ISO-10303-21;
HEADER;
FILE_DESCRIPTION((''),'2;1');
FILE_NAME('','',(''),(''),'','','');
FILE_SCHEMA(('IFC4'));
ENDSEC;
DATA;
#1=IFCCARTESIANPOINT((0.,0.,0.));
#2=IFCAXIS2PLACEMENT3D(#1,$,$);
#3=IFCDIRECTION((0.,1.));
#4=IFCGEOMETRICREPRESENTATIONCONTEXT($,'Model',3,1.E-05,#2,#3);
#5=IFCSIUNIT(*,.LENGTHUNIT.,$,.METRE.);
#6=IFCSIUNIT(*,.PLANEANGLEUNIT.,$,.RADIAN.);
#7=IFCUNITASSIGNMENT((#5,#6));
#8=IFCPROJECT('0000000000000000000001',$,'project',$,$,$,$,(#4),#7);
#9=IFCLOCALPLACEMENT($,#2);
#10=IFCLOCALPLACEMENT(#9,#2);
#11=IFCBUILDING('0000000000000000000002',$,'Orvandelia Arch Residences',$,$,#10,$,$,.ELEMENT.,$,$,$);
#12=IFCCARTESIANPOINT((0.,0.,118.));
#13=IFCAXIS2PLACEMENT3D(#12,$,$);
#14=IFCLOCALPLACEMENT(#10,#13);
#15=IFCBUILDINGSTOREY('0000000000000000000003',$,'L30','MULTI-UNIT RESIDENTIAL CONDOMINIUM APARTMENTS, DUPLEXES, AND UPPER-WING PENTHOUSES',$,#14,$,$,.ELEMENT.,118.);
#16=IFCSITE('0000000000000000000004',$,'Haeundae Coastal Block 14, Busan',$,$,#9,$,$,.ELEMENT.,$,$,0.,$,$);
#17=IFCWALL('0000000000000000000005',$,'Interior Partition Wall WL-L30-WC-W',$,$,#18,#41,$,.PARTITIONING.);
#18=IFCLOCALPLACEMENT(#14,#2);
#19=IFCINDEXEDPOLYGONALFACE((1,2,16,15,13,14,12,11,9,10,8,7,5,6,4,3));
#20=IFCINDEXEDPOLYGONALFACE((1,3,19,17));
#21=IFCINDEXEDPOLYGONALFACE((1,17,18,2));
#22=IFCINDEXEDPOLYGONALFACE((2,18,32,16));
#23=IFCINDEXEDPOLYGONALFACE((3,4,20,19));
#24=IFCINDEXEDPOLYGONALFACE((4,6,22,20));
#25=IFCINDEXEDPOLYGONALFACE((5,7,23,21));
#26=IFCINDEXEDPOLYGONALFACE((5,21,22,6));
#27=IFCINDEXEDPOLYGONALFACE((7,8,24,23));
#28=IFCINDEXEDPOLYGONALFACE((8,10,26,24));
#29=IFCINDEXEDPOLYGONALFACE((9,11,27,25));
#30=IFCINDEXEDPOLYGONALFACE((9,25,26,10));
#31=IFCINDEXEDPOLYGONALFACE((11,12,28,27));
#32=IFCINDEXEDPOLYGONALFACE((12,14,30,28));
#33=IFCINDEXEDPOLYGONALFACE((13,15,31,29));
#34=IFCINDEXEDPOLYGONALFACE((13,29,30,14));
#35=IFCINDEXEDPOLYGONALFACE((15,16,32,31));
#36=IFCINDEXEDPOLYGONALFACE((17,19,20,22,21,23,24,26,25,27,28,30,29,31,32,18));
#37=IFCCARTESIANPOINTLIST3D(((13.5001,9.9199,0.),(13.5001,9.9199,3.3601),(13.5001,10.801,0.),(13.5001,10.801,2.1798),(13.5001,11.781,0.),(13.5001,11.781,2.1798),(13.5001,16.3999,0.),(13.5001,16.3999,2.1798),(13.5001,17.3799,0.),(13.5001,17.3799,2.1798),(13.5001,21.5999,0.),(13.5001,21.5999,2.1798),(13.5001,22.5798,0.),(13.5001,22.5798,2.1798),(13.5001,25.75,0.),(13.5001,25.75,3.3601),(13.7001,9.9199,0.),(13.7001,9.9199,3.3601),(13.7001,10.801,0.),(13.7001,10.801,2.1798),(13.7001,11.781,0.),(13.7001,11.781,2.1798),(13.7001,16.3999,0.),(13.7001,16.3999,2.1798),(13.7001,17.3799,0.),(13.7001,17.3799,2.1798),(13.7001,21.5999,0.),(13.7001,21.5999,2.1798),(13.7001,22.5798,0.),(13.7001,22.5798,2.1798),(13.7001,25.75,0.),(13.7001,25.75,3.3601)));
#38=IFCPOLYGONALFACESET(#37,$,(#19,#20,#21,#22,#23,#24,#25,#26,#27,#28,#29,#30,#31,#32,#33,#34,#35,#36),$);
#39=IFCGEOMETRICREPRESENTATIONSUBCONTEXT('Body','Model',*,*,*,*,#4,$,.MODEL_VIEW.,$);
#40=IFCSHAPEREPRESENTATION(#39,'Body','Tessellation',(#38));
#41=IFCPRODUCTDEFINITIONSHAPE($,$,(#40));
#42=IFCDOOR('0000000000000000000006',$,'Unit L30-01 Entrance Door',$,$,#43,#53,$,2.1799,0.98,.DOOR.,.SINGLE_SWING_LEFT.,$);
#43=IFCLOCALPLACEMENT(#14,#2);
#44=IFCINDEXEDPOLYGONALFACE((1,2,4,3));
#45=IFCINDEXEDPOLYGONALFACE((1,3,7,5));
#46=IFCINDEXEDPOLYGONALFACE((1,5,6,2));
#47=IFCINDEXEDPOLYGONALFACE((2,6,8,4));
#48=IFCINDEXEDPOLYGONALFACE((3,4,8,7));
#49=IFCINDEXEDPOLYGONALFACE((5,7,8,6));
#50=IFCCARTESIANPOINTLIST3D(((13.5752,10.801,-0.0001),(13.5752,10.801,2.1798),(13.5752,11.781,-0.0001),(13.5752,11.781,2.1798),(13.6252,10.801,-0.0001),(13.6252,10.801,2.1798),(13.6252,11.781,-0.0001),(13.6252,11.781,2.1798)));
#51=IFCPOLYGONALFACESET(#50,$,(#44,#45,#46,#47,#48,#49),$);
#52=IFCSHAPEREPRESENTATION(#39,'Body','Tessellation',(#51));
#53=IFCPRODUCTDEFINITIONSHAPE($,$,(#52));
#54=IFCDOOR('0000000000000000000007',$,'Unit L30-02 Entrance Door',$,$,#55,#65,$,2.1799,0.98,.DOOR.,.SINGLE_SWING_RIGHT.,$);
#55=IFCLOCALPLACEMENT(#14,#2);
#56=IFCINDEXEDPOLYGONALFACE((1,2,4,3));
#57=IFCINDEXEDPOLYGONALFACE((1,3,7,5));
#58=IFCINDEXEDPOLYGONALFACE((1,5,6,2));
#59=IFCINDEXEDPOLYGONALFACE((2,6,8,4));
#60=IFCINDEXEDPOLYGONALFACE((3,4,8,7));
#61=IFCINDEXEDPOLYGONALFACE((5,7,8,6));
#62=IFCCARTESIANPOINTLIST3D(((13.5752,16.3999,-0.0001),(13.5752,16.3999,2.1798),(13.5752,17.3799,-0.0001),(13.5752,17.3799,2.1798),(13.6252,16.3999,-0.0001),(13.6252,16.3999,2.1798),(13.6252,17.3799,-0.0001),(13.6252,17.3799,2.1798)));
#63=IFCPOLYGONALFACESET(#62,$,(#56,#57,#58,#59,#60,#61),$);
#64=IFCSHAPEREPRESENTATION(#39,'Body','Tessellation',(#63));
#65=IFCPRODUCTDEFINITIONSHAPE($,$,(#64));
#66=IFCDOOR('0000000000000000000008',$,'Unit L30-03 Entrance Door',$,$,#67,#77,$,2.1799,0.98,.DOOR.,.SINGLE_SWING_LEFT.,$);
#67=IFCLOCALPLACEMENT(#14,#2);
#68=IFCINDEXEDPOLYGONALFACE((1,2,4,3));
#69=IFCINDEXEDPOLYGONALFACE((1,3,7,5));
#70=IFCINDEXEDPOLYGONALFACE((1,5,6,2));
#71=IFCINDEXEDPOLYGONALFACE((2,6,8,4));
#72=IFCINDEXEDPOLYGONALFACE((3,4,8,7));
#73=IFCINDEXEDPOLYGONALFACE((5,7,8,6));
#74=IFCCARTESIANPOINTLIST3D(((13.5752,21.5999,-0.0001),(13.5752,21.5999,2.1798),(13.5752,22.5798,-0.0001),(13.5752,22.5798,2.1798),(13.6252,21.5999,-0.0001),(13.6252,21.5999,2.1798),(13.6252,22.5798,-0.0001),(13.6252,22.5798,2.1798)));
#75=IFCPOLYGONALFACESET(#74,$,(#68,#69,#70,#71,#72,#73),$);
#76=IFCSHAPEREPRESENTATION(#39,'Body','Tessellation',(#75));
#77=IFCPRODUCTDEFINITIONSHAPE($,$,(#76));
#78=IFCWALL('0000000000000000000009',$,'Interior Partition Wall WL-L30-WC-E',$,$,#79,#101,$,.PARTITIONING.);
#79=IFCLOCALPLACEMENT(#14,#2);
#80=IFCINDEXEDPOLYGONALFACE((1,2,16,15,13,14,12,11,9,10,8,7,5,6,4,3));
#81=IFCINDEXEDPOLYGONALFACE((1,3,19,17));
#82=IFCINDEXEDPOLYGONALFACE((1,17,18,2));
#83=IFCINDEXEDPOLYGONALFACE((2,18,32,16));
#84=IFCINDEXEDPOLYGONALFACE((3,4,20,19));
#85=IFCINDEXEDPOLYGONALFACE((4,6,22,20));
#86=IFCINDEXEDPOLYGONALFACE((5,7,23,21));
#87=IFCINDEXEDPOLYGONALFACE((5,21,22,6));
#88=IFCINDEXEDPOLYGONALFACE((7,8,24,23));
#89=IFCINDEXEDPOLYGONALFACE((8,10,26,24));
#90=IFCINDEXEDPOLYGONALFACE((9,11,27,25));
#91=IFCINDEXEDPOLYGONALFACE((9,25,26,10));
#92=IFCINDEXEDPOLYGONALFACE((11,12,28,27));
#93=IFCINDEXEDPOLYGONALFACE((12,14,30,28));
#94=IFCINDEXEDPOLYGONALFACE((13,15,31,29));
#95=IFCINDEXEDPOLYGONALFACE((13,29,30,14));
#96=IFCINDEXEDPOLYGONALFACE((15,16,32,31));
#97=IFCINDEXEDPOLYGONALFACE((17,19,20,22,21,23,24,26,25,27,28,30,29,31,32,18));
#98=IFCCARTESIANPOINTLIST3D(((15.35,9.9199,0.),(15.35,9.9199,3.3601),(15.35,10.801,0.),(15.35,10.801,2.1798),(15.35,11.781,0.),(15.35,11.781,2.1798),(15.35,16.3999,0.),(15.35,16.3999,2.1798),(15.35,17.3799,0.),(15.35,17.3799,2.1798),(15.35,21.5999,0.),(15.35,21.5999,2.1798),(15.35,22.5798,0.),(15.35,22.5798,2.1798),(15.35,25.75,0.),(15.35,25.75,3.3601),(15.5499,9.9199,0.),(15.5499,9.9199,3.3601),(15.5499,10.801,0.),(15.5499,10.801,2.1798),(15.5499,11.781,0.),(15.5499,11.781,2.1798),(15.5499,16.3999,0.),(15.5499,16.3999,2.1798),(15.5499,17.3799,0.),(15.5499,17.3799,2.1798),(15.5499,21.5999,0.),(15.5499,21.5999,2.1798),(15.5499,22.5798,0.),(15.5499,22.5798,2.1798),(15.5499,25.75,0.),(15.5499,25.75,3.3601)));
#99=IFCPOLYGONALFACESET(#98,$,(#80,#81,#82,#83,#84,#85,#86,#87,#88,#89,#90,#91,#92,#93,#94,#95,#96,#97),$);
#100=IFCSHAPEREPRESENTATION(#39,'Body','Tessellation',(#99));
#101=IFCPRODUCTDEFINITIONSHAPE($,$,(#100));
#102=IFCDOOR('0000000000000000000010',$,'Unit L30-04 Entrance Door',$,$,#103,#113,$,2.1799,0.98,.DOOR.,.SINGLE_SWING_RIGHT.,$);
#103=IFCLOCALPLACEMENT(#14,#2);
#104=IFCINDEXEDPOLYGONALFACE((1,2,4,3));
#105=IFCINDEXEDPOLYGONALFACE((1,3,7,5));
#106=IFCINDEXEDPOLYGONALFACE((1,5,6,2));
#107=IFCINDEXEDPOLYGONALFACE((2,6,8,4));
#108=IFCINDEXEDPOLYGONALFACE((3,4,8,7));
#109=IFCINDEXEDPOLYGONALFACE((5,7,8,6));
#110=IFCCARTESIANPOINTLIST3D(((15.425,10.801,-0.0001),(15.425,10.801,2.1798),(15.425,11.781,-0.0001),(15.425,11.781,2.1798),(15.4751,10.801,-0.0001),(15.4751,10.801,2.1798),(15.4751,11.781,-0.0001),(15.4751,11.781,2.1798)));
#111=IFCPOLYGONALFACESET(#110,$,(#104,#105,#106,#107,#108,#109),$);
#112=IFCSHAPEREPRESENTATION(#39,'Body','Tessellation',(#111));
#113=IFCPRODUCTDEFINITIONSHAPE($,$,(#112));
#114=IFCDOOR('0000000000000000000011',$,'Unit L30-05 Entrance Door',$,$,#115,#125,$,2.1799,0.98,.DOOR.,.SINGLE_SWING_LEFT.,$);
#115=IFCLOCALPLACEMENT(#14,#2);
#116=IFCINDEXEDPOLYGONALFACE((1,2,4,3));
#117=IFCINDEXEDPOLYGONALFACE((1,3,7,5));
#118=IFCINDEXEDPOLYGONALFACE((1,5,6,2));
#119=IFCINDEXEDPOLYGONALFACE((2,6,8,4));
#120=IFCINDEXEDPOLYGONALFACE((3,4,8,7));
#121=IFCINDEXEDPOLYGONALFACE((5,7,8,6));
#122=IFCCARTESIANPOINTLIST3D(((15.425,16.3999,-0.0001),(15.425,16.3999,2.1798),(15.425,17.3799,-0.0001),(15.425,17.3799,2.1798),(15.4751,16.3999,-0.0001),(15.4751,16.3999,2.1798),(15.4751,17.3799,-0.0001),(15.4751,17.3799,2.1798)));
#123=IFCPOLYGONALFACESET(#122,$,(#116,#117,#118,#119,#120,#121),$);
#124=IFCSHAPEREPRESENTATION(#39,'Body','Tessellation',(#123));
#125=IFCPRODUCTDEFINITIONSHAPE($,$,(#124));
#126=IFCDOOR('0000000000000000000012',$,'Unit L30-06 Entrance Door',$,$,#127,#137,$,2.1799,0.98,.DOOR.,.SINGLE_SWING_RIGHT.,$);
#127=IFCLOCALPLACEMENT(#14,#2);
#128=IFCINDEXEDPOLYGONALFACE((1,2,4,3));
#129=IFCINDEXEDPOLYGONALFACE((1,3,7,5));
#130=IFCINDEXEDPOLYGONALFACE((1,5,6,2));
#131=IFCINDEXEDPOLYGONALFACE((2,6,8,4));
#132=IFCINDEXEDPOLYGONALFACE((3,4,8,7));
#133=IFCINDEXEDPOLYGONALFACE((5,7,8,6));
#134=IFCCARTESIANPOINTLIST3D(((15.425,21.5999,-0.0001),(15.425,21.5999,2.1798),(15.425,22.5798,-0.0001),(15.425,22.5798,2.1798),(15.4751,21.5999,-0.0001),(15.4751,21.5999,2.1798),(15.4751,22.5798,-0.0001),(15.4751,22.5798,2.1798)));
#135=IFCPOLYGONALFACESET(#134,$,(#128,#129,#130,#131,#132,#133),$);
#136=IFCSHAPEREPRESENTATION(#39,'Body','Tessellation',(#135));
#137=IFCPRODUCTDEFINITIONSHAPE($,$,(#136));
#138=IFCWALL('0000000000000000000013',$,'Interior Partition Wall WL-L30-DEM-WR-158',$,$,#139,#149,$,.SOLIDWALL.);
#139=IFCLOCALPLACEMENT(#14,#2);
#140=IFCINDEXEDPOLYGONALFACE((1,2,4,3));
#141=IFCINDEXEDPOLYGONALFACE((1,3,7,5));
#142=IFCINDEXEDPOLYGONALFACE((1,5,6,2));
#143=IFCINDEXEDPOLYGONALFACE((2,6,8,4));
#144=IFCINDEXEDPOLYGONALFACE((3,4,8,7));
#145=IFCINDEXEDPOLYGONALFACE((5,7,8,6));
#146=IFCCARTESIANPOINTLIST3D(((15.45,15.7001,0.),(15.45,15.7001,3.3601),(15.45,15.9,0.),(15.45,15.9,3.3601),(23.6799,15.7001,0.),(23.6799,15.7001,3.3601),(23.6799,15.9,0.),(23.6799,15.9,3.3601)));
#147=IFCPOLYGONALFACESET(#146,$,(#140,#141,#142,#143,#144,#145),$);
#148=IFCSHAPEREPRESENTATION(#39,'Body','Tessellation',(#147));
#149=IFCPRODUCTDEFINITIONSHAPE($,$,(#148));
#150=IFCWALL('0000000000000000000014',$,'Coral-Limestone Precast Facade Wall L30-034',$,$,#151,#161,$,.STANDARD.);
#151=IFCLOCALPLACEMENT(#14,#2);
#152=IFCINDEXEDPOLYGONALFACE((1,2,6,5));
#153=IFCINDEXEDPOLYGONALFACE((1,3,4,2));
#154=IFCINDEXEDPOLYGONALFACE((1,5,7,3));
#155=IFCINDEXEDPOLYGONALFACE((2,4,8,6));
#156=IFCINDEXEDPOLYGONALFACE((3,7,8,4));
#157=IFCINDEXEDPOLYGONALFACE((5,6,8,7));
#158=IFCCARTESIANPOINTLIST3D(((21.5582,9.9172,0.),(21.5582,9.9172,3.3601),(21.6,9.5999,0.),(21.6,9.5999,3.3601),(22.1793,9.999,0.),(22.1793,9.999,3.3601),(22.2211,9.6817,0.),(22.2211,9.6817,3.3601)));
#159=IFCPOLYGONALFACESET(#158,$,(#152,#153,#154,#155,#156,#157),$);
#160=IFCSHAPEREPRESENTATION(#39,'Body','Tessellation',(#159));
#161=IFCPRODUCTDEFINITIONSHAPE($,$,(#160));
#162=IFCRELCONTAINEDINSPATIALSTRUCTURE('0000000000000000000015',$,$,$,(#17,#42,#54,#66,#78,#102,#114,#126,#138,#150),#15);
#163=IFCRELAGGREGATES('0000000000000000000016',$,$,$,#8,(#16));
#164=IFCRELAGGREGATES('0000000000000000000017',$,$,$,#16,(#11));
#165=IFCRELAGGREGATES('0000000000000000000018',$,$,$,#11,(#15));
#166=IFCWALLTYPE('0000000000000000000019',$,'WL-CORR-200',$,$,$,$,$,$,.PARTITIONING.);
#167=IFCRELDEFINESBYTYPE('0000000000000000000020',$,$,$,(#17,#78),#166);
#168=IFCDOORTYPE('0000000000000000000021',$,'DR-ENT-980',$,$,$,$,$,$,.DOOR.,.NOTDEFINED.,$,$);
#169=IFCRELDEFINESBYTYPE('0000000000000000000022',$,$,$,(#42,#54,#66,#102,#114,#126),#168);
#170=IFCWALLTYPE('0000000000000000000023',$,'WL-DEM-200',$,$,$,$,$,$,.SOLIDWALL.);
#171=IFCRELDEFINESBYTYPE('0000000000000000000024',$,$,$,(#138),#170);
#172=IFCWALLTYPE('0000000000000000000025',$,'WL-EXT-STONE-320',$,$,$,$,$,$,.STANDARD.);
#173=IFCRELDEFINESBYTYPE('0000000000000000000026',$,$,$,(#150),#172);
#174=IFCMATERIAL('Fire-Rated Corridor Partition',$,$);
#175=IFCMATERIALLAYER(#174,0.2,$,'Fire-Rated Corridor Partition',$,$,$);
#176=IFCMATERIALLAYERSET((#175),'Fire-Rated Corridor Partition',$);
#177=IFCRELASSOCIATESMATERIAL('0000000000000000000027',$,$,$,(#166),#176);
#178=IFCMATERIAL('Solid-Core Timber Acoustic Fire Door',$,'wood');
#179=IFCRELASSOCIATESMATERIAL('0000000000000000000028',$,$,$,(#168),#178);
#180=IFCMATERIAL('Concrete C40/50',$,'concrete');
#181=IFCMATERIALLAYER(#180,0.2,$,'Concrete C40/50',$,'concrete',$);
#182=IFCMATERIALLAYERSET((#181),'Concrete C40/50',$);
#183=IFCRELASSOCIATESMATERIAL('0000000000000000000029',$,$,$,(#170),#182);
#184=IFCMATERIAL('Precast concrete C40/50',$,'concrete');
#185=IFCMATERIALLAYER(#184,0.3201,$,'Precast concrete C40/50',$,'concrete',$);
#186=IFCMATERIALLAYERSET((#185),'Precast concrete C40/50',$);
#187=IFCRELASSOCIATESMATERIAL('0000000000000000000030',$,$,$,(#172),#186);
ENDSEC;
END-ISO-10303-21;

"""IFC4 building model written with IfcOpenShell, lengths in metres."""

from ifc_helpers import new_model, si_unit, direction, frame, frame_2d, origin, place, context, subcontext, project, spatial, rectangle, extrude, material, layer, layer_set, type_object, element, fill, save


model = new_model("IFC4")

# Units and contexts
model_context = context("Model", 3, precision=1e-05, world=origin(), true_north=direction((0.0, 1.0)))
body_context = subcontext(model_context, "Body", "Model", "MODEL_VIEW")
ifc_project = project(units=[si_unit("LENGTHUNIT", "METRE"), si_unit("PLANEANGLEUNIT", "RADIAN")], contexts=[model_context])

# Site, building, storey
site_placement = place(None, origin())
site = spatial("IfcSite", under=ifc_project, at=site_placement, Name="Haeundae Coastal Block 14, Busan", CompositionType="ELEMENT", RefElevation=0.0)
building_placement = place(site_placement, origin())
building = spatial("IfcBuilding", under=site, at=building_placement, Name="Orvandelia Arch Residences", CompositionType="ELEMENT")
storey_placement = place(building_placement, frame((0.0, 0.0, 118.0)))
storey = spatial("IfcBuildingStorey", under=building, at=storey_placement, Name="L30", Description="MULTI-UNIT RESIDENTIAL CONDOMINIUM APARTMENTS, DUPLEXES, AND UPPER-WING PENTHOUSES", CompositionType="ELEMENT", Elevation=118.0)

# Walls, openings, doors
ifc_material_1 = material(Name="Fire-Rated Corridor Partition")
ifc_layer_1 = layer(ifc_material_1, 0.2, Name="Fire-Rated Corridor Partition")
ifc_layer_set_1 = layer_set([ifc_layer_1], Name="Fire-Rated Corridor Partition")
wall_type_1 = type_object("IfcWallType", Name="WL-CORR-200", PredefinedType="PARTITIONING", material=ifc_layer_set_1)
wall_1_placement = place(storey_placement, frame((13.6001, 9.9199, 0.0), z_axis=(0.0, 0.0, 1.0), x_axis=(0.0, 1.0, 0.0)))
wall_1 = element("IfcWall", 1, at=wall_1_placement, inside=storey, type_object=wall_type_1, Name="Interior Partition Wall WL-L30-WC-W", PredefinedType="PARTITIONING", context=body_context, shape_type="SweptSolid", body=[
    extrude(rectangle(XDim=15.8301, YDim=0.2, at=frame_2d((7.915, 0.0))), origin(), (0.0, 0.0, 1.0), 3.3601),
])
opening_1_placement = place(wall_1_placement, frame((0.8811, 0.0, 0.0)))
opening_1 = element("IfcOpeningElement", 2, at=opening_1_placement, cuts=wall_1, PredefinedType="OPENING", context=body_context, shape_type="SweptSolid", body=[
    extrude(rectangle(XDim=0.98, YDim=2.1799, at=frame_2d((0.49, 1.0898))), frame((0.0, 0.1099, 0.0), z_axis=(0.0, -1.0, 0.0), x_axis=(1.0, 0.0, 0.0)), (0.0, 0.0, 1.0), 0.22),
])
opening_2_placement = place(wall_1_placement, frame((6.48, 0.0, 0.0)))
opening_2 = element("IfcOpeningElement", 3, at=opening_2_placement, cuts=wall_1, PredefinedType="OPENING", context=body_context, shape_type="SweptSolid", body=[
    extrude(rectangle(XDim=0.98, YDim=2.1799, at=frame_2d((0.49, 1.0898))), frame((0.0, 0.1099, 0.0), z_axis=(0.0, -1.0, 0.0), x_axis=(1.0, 0.0, 0.0)), (0.0, 0.0, 1.0), 0.22),
])
opening_3_placement = place(wall_1_placement, frame((11.6799, 0.0, 0.0)))
opening_3 = element("IfcOpeningElement", 4, at=opening_3_placement, cuts=wall_1, PredefinedType="OPENING", context=body_context, shape_type="SweptSolid", body=[
    extrude(rectangle(XDim=0.98, YDim=2.1799, at=frame_2d((0.49, 1.0898))), frame((0.0, 0.1099, 0.0), z_axis=(0.0, -1.0, 0.0), x_axis=(1.0, 0.0, 0.0)), (0.0, 0.0, 1.0), 0.22),
])
ifc_material_2 = material(Name="Solid-Core Timber Acoustic Fire Door", Category="wood")
door_type_1 = type_object("IfcDoorType", Name="DR-ENT-980", OperationType="NOTDEFINED", PredefinedType="DOOR", material=ifc_material_2)
door_1_placement = place(opening_1_placement, origin())
door_1 = element("IfcDoor", 5, at=door_1_placement, inside=storey, type_object=door_type_1, Name="Unit L30-01 Entrance Door", OperationType="SINGLE_SWING_LEFT", OverallHeight=2.1799, OverallWidth=0.98, PredefinedType="DOOR", context=body_context, shape_type="SweptSolid", body=[
    extrude(rectangle(XDim=0.98, YDim=2.1799, at=frame_2d((0.49, 1.0898))), frame((0.0, 0.0249, 0.0), z_axis=(0.0, -1.0, 0.0), x_axis=(1.0, 0.0, 0.0)), (0.0, 0.0, 1.0), 0.05),
])
fill(opening_1, door_1)
door_2_placement = place(opening_2_placement, origin())
door_2 = element("IfcDoor", 6, at=door_2_placement, inside=storey, type_object=door_type_1, Name="Unit L30-02 Entrance Door", OperationType="SINGLE_SWING_RIGHT", OverallHeight=2.1799, OverallWidth=0.98, PredefinedType="DOOR", context=body_context, shape_type="SweptSolid", body=[
    extrude(rectangle(XDim=0.98, YDim=2.1799, at=frame_2d((0.49, 1.0898))), frame((0.0, 0.0249, 0.0), z_axis=(0.0, -1.0, 0.0), x_axis=(1.0, 0.0, 0.0)), (0.0, 0.0, 1.0), 0.05),
])
fill(opening_2, door_2)
door_3_placement = place(opening_3_placement, origin())
door_3 = element("IfcDoor", 7, at=door_3_placement, inside=storey, type_object=door_type_1, Name="Unit L30-03 Entrance Door", OperationType="SINGLE_SWING_LEFT", OverallHeight=2.1799, OverallWidth=0.98, PredefinedType="DOOR", context=body_context, shape_type="SweptSolid", body=[
    extrude(rectangle(XDim=0.98, YDim=2.1799, at=frame_2d((0.49, 1.0898))), frame((0.0, 0.0249, 0.0), z_axis=(0.0, -1.0, 0.0), x_axis=(1.0, 0.0, 0.0)), (0.0, 0.0, 1.0), 0.05),
])
fill(opening_3, door_3)
wall_2_placement = place(storey_placement, frame((15.45, 9.9199, 0.0), z_axis=(0.0, 0.0, 1.0), x_axis=(0.0, 1.0, 0.0)))
wall_2 = element("IfcWall", 8, at=wall_2_placement, inside=storey, type_object=wall_type_1, Name="Interior Partition Wall WL-L30-WC-E", PredefinedType="PARTITIONING", context=body_context, shape_type="SweptSolid", body=[
    extrude(rectangle(XDim=15.8301, YDim=0.2, at=frame_2d((7.915, 0.0))), origin(), (0.0, 0.0, 1.0), 3.3601),
])
opening_4_placement = place(wall_2_placement, frame((0.8811, 0.0, 0.0)))
opening_4 = element("IfcOpeningElement", 9, at=opening_4_placement, cuts=wall_2, PredefinedType="OPENING", context=body_context, shape_type="SweptSolid", body=[
    extrude(rectangle(XDim=0.98, YDim=2.1799, at=frame_2d((0.49, 1.0898))), frame((0.0, 0.1099, 0.0), z_axis=(0.0, -1.0, 0.0), x_axis=(1.0, 0.0, 0.0)), (0.0, 0.0, 1.0), 0.22),
])
opening_5_placement = place(wall_2_placement, frame((6.48, 0.0, 0.0)))
opening_5 = element("IfcOpeningElement", 10, at=opening_5_placement, cuts=wall_2, PredefinedType="OPENING", context=body_context, shape_type="SweptSolid", body=[
    extrude(rectangle(XDim=0.98, YDim=2.1799, at=frame_2d((0.49, 1.0898))), frame((0.0, 0.1099, 0.0), z_axis=(0.0, -1.0, 0.0), x_axis=(1.0, 0.0, 0.0)), (0.0, 0.0, 1.0), 0.22),
])
opening_6_placement = place(wall_2_placement, frame((11.6799, 0.0, 0.0)))
opening_6 = element("IfcOpeningElement", 11, at=opening_6_placement, cuts=wall_2, PredefinedType="OPENING", context=body_context, shape_type="SweptSolid", body=[
    extrude(rectangle(XDim=0.98, YDim=2.1799, at=frame_2d((0.49, 1.0898))), frame((0.0, 0.1099, 0.0), z_axis=(0.0, -1.0, 0.0), x_axis=(1.0, 0.0, 0.0)), (0.0, 0.0, 1.0), 0.22),
])
door_4_placement = place(opening_4_placement, origin())
door_4 = element("IfcDoor", 12, at=door_4_placement, inside=storey, type_object=door_type_1, Name="Unit L30-04 Entrance Door", OperationType="SINGLE_SWING_RIGHT", OverallHeight=2.1799, OverallWidth=0.98, PredefinedType="DOOR", context=body_context, shape_type="SweptSolid", body=[
    extrude(rectangle(XDim=0.98, YDim=2.1799, at=frame_2d((0.49, 1.0898))), frame((0.0, 0.0249, 0.0), z_axis=(0.0, -1.0, 0.0), x_axis=(1.0, 0.0, 0.0)), (0.0, 0.0, 1.0), 0.05),
])
fill(opening_4, door_4)
door_5_placement = place(opening_5_placement, origin())
door_5 = element("IfcDoor", 13, at=door_5_placement, inside=storey, type_object=door_type_1, Name="Unit L30-05 Entrance Door", OperationType="SINGLE_SWING_LEFT", OverallHeight=2.1799, OverallWidth=0.98, PredefinedType="DOOR", context=body_context, shape_type="SweptSolid", body=[
    extrude(rectangle(XDim=0.98, YDim=2.1799, at=frame_2d((0.49, 1.0898))), frame((0.0, 0.0249, 0.0), z_axis=(0.0, -1.0, 0.0), x_axis=(1.0, 0.0, 0.0)), (0.0, 0.0, 1.0), 0.05),
])
fill(opening_5, door_5)
door_6_placement = place(opening_6_placement, origin())
door_6 = element("IfcDoor", 14, at=door_6_placement, inside=storey, type_object=door_type_1, Name="Unit L30-06 Entrance Door", OperationType="SINGLE_SWING_RIGHT", OverallHeight=2.1799, OverallWidth=0.98, PredefinedType="DOOR", context=body_context, shape_type="SweptSolid", body=[
    extrude(rectangle(XDim=0.98, YDim=2.1799, at=frame_2d((0.49, 1.0898))), frame((0.0, 0.0249, 0.0), z_axis=(0.0, -1.0, 0.0), x_axis=(1.0, 0.0, 0.0)), (0.0, 0.0, 1.0), 0.05),
])
fill(opening_6, door_6)

# Walls
ifc_material_3 = material(Name="Concrete C40/50", Category="concrete")
ifc_layer_2 = layer(ifc_material_3, 0.2, Name="Concrete C40/50", Category="concrete")
ifc_layer_set_2 = layer_set([ifc_layer_2], Name="Concrete C40/50")
wall_type_2 = type_object("IfcWallType", Name="WL-DEM-200", PredefinedType="SOLIDWALL", material=ifc_layer_set_2)
wall_3_placement = place(storey_placement, frame((15.45, 15.8, 0.0), z_axis=(0.0, 0.0, 1.0), x_axis=(1.0, 0.0, 0.0)))
element("IfcWall", 15, at=wall_3_placement, inside=storey, type_object=wall_type_2, Name="Interior Partition Wall WL-L30-DEM-WR-158", PredefinedType="SOLIDWALL", context=body_context, shape_type="SweptSolid", body=[
    extrude(rectangle(XDim=8.23, YDim=0.2, at=frame_2d((4.115, 0.0))), origin(), (0.0, 0.0, 1.0), 3.3601),
])
ifc_material_4 = material(Name="Precast concrete C40/50", Category="concrete")
ifc_layer_3 = layer(ifc_material_4, 0.3201, Name="Precast concrete C40/50", Category="concrete")
ifc_layer_set_3 = layer_set([ifc_layer_3], Name="Precast concrete C40/50")
wall_type_3 = type_object("IfcWallType", Name="WL-EXT-STONE-320", PredefinedType="STANDARD", material=ifc_layer_set_3)
wall_4_placement = place(storey_placement, frame((22.2002, 9.8403, 0.0), z_axis=(0.0, 0.0, 1.0), x_axis=(-0.991441, -0.130555, 0.0)))
element("IfcWall", 16, at=wall_4_placement, inside=storey, type_object=wall_type_3, Name="Coral-Limestone Precast Facade Wall L30-034", PredefinedType="STANDARD", context=body_context, shape_type="SweptSolid", body=[
    extrude(rectangle(XDim=0.6265, YDim=0.3201, at=frame_2d((0.3132, 0.0))), origin(), (0.0, 0.0, 1.0), 3.3601),
])

save(model, "model.ifc")
